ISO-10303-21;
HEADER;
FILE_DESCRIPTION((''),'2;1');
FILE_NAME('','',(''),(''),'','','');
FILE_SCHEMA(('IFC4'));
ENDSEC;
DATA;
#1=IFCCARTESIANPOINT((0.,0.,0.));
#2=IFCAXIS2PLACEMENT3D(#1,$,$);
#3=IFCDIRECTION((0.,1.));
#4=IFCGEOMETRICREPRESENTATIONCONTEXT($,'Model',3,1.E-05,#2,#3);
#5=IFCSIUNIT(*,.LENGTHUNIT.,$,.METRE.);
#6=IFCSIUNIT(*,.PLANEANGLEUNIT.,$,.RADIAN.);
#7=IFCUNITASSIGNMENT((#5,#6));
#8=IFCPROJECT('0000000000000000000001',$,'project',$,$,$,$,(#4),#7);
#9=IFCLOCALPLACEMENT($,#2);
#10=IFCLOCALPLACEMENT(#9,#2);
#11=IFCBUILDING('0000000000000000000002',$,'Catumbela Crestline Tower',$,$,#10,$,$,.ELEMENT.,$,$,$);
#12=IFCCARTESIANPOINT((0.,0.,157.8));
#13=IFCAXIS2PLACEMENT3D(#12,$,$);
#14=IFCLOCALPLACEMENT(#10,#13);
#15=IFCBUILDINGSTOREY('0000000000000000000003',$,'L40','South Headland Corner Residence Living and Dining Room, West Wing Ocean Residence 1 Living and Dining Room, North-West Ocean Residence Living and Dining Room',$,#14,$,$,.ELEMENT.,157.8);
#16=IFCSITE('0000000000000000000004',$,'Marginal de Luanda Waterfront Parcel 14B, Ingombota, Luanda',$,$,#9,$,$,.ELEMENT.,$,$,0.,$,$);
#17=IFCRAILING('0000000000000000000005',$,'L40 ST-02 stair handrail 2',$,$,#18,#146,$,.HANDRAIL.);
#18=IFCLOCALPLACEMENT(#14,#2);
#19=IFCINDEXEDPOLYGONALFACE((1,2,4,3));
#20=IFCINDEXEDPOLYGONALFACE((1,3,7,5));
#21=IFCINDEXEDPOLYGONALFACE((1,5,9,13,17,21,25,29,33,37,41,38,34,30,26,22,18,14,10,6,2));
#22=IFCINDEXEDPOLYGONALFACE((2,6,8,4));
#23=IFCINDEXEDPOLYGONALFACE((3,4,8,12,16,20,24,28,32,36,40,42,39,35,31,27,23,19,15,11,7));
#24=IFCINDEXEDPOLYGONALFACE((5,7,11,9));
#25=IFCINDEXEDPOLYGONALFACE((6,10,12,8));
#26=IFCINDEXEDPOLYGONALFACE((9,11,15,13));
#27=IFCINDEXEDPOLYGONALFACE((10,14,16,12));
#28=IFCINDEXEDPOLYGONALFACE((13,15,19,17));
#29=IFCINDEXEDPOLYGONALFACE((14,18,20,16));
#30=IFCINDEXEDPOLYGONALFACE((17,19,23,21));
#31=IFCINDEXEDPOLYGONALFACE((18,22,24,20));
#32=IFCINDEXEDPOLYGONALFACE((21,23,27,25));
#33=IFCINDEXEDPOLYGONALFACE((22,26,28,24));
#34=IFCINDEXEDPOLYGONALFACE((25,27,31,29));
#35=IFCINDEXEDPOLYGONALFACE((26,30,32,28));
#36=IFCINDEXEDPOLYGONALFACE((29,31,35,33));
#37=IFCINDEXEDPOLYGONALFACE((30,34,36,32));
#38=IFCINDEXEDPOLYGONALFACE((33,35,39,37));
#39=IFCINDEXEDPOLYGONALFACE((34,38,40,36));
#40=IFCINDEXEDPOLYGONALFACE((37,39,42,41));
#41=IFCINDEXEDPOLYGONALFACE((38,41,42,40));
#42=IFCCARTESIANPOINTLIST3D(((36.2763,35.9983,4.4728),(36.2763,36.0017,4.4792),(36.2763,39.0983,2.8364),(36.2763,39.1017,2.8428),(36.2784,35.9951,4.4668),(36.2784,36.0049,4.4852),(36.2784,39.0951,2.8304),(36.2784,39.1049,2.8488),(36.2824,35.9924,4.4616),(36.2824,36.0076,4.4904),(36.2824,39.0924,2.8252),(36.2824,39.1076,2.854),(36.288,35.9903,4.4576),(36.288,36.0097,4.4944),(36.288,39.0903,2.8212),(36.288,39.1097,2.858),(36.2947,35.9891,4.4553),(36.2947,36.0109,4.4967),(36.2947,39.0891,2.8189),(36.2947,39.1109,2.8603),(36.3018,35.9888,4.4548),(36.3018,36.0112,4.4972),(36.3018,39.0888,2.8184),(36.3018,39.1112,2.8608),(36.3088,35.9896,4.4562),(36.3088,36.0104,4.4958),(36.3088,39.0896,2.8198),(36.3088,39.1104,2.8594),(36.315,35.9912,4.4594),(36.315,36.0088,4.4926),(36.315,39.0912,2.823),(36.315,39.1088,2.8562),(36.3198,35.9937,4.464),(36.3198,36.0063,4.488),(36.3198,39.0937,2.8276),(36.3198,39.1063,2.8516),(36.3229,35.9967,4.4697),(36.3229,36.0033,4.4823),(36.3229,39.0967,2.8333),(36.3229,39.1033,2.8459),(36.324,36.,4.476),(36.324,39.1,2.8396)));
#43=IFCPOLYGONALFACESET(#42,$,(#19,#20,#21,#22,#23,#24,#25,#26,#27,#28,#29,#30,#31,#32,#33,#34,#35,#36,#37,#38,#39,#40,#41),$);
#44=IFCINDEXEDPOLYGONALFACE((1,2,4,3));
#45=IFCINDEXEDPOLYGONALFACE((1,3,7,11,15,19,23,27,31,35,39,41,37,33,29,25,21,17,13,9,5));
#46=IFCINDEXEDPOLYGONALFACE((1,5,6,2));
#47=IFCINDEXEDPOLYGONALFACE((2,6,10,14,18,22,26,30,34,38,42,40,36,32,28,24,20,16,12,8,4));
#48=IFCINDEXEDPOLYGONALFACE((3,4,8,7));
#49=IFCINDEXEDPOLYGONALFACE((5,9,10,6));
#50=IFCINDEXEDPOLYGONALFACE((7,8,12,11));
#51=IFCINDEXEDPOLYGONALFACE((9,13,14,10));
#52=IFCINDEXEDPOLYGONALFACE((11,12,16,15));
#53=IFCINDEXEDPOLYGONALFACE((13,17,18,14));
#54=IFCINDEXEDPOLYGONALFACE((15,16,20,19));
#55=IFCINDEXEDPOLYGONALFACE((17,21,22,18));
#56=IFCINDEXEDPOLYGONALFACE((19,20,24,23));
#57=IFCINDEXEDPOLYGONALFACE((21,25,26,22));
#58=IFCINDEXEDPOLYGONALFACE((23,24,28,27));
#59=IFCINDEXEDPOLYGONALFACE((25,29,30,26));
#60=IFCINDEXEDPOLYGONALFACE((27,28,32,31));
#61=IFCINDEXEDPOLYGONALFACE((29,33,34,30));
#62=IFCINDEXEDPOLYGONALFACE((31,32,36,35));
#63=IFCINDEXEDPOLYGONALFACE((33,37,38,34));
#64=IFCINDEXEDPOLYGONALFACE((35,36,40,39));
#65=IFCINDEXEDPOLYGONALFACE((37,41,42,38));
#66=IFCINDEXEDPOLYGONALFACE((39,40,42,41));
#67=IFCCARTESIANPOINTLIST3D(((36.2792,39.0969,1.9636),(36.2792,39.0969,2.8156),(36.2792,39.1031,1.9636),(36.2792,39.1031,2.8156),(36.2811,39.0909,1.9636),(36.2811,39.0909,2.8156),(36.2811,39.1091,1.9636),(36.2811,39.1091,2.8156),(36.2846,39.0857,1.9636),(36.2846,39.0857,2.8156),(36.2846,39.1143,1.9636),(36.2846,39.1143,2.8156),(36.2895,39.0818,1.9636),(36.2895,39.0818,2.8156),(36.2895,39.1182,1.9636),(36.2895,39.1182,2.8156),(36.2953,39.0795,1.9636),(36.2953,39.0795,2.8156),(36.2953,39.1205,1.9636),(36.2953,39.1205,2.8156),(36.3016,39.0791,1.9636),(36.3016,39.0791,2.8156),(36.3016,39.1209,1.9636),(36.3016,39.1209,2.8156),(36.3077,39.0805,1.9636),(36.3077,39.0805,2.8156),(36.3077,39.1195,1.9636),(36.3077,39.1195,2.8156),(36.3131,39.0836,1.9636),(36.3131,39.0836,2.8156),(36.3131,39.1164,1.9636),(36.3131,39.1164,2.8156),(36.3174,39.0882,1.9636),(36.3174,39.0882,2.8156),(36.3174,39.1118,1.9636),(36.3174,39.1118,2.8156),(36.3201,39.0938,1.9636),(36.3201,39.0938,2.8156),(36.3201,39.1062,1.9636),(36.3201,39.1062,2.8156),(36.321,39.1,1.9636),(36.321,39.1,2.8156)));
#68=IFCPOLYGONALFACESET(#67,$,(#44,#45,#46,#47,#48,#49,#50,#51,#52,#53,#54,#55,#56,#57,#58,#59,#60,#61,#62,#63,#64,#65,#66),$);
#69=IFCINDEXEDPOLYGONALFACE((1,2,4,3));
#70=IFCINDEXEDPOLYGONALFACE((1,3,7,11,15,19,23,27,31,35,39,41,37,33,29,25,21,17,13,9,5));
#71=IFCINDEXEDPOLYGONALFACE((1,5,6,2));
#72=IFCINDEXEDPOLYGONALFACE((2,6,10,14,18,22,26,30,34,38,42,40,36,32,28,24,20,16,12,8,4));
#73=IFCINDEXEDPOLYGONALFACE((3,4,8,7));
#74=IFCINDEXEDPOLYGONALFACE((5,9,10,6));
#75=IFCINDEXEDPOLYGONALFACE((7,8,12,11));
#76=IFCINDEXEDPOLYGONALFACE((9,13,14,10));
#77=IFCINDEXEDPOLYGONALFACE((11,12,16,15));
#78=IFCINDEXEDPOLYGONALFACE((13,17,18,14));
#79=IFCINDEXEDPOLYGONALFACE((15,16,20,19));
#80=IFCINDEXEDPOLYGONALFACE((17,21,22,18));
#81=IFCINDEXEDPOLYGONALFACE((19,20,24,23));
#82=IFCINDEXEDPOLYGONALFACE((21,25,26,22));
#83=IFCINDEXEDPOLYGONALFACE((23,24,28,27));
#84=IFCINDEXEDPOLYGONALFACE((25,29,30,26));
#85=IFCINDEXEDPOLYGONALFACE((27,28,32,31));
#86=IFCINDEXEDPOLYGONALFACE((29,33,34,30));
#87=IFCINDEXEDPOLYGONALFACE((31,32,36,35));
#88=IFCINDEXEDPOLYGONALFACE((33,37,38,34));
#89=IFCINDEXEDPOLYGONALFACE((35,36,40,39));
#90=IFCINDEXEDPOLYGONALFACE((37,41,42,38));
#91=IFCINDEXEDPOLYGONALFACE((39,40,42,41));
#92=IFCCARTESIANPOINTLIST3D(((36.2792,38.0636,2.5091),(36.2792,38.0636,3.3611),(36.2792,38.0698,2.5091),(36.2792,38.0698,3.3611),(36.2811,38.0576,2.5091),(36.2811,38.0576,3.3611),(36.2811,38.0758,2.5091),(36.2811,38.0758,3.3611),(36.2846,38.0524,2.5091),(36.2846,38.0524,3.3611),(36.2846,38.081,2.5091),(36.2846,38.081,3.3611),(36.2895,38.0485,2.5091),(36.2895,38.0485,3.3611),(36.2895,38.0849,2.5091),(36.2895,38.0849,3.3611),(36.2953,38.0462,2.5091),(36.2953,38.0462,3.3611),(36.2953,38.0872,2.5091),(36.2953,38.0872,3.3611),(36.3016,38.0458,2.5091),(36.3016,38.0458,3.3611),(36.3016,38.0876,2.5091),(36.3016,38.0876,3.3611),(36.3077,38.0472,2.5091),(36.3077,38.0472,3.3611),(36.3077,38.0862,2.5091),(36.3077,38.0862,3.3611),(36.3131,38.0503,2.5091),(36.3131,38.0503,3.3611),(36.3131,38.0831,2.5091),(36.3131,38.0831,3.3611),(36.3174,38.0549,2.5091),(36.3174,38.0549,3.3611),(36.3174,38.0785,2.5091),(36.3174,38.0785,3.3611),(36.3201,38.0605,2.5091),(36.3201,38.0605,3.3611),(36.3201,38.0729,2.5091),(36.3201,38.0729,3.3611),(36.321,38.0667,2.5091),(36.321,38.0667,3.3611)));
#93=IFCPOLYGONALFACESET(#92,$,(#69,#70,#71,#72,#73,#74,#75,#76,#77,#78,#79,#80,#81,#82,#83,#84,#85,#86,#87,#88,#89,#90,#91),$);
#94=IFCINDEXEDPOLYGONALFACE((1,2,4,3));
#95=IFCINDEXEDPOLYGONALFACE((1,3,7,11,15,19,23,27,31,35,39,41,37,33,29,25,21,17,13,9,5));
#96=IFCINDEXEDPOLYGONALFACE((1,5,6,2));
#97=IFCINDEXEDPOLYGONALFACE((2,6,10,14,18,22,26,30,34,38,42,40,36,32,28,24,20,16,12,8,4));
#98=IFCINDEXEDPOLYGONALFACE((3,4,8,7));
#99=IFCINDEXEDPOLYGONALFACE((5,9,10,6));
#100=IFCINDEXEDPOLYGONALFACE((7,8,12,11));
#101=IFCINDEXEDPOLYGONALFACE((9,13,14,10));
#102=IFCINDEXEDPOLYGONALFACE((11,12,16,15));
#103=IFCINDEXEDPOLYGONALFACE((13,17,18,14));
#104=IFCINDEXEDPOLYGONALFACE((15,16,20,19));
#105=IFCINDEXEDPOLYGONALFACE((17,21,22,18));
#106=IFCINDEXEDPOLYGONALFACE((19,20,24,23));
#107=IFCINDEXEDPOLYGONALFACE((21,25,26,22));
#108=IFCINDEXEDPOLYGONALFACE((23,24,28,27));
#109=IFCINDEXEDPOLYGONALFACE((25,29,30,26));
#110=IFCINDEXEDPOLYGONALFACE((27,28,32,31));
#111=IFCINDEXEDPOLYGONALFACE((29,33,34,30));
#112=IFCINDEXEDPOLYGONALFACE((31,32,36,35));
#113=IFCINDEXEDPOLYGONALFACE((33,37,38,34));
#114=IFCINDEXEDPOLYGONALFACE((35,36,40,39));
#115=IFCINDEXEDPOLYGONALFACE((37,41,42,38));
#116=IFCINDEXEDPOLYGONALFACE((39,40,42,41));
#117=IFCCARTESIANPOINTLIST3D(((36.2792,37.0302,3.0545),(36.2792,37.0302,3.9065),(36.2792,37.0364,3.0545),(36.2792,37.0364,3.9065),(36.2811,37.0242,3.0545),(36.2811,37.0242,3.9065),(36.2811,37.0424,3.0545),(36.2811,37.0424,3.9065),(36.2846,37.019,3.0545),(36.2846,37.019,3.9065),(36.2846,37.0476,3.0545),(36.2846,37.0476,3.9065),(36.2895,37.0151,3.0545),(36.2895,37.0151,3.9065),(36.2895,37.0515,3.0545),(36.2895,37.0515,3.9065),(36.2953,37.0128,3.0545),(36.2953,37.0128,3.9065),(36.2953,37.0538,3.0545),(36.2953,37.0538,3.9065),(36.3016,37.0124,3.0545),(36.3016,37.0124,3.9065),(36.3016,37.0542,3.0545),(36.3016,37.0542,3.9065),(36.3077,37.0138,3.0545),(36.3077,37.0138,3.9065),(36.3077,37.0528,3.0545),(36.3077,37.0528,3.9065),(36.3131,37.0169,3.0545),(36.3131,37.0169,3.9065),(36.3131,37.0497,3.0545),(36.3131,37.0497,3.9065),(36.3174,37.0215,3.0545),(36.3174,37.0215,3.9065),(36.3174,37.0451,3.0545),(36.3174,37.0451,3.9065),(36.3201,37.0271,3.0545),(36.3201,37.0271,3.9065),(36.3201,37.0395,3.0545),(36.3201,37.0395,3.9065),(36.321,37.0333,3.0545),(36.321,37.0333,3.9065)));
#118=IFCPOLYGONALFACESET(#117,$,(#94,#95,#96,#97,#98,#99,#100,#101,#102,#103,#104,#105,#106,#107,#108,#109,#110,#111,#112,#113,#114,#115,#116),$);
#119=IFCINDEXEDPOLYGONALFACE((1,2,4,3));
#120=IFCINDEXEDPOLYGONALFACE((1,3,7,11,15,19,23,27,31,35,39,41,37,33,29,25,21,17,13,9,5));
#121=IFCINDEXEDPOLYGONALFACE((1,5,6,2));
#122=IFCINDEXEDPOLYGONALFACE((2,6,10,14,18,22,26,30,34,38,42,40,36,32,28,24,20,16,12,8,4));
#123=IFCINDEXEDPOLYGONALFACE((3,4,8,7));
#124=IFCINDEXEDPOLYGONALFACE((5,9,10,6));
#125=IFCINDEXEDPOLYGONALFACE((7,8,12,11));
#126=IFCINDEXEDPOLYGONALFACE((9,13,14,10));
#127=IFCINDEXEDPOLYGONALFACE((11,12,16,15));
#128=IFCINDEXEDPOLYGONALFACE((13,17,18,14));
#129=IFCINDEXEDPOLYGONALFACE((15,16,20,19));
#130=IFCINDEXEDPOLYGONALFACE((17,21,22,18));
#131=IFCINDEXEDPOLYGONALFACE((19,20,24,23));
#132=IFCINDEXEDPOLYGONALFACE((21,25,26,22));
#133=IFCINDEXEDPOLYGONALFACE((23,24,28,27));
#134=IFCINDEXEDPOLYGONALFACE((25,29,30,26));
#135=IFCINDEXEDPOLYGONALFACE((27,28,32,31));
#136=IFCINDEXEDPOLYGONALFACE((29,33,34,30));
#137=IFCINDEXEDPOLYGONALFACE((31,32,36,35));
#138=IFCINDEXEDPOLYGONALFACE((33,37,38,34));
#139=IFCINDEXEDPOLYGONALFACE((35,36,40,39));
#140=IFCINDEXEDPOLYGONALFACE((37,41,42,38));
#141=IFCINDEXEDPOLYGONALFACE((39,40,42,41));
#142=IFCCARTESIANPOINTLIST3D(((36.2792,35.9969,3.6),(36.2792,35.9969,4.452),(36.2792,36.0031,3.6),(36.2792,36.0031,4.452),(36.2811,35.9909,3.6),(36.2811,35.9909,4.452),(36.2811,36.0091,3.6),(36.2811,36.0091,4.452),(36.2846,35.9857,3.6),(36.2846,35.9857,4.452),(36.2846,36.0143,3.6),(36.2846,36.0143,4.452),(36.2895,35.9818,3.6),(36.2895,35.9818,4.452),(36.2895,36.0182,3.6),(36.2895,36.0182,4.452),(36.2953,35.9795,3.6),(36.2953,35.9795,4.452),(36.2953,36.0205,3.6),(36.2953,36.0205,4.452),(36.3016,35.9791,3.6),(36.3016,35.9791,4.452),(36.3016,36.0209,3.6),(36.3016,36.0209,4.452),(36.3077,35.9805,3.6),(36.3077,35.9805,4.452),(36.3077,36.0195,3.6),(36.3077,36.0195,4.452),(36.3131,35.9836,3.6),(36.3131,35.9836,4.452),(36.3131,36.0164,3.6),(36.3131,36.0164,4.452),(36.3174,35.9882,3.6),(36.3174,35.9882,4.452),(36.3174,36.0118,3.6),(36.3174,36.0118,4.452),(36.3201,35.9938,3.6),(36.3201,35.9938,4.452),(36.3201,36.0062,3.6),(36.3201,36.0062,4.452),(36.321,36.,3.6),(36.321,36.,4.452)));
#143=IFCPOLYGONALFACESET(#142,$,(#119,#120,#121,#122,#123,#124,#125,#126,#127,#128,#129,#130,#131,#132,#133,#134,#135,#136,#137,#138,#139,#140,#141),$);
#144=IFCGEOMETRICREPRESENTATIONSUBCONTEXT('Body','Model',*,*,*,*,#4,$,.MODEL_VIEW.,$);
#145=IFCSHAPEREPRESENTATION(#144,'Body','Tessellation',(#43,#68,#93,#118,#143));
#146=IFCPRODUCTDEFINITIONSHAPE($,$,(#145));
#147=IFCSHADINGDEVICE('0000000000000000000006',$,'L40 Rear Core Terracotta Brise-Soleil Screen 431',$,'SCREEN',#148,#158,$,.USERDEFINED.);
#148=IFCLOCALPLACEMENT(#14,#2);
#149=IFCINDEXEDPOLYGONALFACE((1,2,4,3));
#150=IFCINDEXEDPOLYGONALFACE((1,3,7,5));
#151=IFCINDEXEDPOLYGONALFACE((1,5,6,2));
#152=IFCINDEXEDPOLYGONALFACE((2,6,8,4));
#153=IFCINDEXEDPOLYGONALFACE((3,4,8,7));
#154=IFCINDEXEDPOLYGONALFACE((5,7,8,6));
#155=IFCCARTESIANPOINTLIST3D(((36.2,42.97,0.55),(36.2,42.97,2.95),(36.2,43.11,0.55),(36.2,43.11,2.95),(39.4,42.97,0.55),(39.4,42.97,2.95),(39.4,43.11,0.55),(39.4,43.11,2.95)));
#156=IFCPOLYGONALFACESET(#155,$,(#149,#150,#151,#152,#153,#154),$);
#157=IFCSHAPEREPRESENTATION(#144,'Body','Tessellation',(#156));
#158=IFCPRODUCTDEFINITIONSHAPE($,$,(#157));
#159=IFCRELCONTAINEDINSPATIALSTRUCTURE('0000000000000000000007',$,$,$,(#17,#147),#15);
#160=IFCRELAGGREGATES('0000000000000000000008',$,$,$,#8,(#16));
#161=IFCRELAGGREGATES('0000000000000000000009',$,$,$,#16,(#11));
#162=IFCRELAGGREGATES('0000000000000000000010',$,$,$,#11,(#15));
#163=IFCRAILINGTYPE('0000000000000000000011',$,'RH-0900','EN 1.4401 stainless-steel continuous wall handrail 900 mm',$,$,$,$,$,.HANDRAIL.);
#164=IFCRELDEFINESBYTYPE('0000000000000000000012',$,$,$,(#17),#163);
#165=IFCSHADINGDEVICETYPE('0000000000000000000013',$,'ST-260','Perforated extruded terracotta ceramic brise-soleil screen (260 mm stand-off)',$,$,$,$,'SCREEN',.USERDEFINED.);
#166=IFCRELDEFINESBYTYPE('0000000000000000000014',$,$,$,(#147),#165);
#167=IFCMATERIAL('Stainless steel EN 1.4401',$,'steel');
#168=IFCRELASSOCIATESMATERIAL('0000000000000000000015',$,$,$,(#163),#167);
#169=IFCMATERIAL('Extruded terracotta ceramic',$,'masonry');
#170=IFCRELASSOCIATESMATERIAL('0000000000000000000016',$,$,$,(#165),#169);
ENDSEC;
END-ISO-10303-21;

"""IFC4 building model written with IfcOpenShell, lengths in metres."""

from ifc_helpers import new_model, si_unit, direction, frame, origin, origin_2d, place, context, subcontext, project, spatial, rectangle, circle, extrude, material, type_object, element, save


model = new_model("IFC4")

# Units and contexts
model_context = context("Model", 3, precision=1e-05, world=origin(), true_north=direction((0.0, 1.0)))
body_context = subcontext(model_context, "Body", "Model", "MODEL_VIEW")
ifc_project = project(units=[si_unit("LENGTHUNIT", "METRE"), si_unit("PLANEANGLEUNIT", "RADIAN")], contexts=[model_context])

# Site, building, storey
site_placement = place(None, origin())
site = spatial("IfcSite", under=ifc_project, at=site_placement, Name="Marginal de Luanda Waterfront Parcel 14B, Ingombota, Luanda", CompositionType="ELEMENT", RefElevation=0.0)
building_placement = place(site_placement, origin())
building = spatial("IfcBuilding", under=site, at=building_placement, Name="Catumbela Crestline Tower", CompositionType="ELEMENT")
storey_placement = place(building_placement, frame((0.0, 0.0, 157.8)))
storey = spatial("IfcBuildingStorey", under=building, at=storey_placement, Name="L40", Description="South Headland Corner Residence Living and Dining Room, West Wing Ocean Residence 1 Living and Dining Room, North-West Ocean Residence Living and Dining Room", CompositionType="ELEMENT", Elevation=157.8)

# Shared definitions
ifc_material_1 = material(Name="Stainless steel EN 1.4401", Category="steel")

# Railing
railing_type_1 = type_object("IfcRailingType", Name="RH-0900", Description="EN 1.4401 stainless-steel continuous wall handrail 900 mm", PredefinedType="HANDRAIL", material=ifc_material_1)
railing_1_placement = place(storey_placement, frame((36.3, 39.1, 1.9636)))
element("IfcRailing", 1, at=railing_1_placement, inside=storey, type_object=railing_type_1, Name="L40 ST-02 stair handrail 2", PredefinedType="HANDRAIL", context=body_context, shape_type="SweptSolid", body=[
    extrude(circle(Radius=0.024, at=origin_2d()), frame((0.0, 0.0, 0.876), z_axis=(0.0, -0.884351, 0.466823), x_axis=(1.0, 0.0, 0.0)), (0.0, 0.0, 1.0), 3.5054),
    extrude(circle(Radius=0.021, at=origin_2d()), origin(), (0.0, 0.0, 1.0), 0.852),
    extrude(circle(Radius=0.021, at=origin_2d()), frame((0.0, -1.0333, 0.5455)), (0.0, 0.0, 1.0), 0.852),
    extrude(circle(Radius=0.021, at=origin_2d()), frame((0.0, -2.0667, 1.0909)), (0.0, 0.0, 1.0), 0.852),
    extrude(circle(Radius=0.021, at=origin_2d()), frame((0.0, -3.1, 1.6364)), (0.0, 0.0, 1.0), 0.852),
])

# Shading device
ifc_material_2 = material(Name="Extruded terracotta ceramic", Category="masonry")
shading_device_type = type_object("IfcShadingDeviceType", Name="ST-260", Description="Perforated extruded terracotta ceramic brise-soleil screen (260 mm stand-off)", ElementType="SCREEN", PredefinedType="USERDEFINED", material=ifc_material_2)
shading_device_placement = place(storey_placement, frame((37.8, 43.04, 0.55), z_axis=(0.0, 0.0, 1.0), x_axis=(1.0, 0.0, 0.0)))
element("IfcShadingDevice", 2, at=shading_device_placement, inside=storey, type_object=shading_device_type, Name="L40 Rear Core Terracotta Brise-Soleil Screen 431", ObjectType="SCREEN", PredefinedType="USERDEFINED", context=body_context, shape_type="SweptSolid", body=[
    extrude(rectangle(XDim=3.2, YDim=0.14, at=origin_2d()), origin(), (0.0, 0.0, 1.0), 2.4),
])

save(model, "model.ifc")
